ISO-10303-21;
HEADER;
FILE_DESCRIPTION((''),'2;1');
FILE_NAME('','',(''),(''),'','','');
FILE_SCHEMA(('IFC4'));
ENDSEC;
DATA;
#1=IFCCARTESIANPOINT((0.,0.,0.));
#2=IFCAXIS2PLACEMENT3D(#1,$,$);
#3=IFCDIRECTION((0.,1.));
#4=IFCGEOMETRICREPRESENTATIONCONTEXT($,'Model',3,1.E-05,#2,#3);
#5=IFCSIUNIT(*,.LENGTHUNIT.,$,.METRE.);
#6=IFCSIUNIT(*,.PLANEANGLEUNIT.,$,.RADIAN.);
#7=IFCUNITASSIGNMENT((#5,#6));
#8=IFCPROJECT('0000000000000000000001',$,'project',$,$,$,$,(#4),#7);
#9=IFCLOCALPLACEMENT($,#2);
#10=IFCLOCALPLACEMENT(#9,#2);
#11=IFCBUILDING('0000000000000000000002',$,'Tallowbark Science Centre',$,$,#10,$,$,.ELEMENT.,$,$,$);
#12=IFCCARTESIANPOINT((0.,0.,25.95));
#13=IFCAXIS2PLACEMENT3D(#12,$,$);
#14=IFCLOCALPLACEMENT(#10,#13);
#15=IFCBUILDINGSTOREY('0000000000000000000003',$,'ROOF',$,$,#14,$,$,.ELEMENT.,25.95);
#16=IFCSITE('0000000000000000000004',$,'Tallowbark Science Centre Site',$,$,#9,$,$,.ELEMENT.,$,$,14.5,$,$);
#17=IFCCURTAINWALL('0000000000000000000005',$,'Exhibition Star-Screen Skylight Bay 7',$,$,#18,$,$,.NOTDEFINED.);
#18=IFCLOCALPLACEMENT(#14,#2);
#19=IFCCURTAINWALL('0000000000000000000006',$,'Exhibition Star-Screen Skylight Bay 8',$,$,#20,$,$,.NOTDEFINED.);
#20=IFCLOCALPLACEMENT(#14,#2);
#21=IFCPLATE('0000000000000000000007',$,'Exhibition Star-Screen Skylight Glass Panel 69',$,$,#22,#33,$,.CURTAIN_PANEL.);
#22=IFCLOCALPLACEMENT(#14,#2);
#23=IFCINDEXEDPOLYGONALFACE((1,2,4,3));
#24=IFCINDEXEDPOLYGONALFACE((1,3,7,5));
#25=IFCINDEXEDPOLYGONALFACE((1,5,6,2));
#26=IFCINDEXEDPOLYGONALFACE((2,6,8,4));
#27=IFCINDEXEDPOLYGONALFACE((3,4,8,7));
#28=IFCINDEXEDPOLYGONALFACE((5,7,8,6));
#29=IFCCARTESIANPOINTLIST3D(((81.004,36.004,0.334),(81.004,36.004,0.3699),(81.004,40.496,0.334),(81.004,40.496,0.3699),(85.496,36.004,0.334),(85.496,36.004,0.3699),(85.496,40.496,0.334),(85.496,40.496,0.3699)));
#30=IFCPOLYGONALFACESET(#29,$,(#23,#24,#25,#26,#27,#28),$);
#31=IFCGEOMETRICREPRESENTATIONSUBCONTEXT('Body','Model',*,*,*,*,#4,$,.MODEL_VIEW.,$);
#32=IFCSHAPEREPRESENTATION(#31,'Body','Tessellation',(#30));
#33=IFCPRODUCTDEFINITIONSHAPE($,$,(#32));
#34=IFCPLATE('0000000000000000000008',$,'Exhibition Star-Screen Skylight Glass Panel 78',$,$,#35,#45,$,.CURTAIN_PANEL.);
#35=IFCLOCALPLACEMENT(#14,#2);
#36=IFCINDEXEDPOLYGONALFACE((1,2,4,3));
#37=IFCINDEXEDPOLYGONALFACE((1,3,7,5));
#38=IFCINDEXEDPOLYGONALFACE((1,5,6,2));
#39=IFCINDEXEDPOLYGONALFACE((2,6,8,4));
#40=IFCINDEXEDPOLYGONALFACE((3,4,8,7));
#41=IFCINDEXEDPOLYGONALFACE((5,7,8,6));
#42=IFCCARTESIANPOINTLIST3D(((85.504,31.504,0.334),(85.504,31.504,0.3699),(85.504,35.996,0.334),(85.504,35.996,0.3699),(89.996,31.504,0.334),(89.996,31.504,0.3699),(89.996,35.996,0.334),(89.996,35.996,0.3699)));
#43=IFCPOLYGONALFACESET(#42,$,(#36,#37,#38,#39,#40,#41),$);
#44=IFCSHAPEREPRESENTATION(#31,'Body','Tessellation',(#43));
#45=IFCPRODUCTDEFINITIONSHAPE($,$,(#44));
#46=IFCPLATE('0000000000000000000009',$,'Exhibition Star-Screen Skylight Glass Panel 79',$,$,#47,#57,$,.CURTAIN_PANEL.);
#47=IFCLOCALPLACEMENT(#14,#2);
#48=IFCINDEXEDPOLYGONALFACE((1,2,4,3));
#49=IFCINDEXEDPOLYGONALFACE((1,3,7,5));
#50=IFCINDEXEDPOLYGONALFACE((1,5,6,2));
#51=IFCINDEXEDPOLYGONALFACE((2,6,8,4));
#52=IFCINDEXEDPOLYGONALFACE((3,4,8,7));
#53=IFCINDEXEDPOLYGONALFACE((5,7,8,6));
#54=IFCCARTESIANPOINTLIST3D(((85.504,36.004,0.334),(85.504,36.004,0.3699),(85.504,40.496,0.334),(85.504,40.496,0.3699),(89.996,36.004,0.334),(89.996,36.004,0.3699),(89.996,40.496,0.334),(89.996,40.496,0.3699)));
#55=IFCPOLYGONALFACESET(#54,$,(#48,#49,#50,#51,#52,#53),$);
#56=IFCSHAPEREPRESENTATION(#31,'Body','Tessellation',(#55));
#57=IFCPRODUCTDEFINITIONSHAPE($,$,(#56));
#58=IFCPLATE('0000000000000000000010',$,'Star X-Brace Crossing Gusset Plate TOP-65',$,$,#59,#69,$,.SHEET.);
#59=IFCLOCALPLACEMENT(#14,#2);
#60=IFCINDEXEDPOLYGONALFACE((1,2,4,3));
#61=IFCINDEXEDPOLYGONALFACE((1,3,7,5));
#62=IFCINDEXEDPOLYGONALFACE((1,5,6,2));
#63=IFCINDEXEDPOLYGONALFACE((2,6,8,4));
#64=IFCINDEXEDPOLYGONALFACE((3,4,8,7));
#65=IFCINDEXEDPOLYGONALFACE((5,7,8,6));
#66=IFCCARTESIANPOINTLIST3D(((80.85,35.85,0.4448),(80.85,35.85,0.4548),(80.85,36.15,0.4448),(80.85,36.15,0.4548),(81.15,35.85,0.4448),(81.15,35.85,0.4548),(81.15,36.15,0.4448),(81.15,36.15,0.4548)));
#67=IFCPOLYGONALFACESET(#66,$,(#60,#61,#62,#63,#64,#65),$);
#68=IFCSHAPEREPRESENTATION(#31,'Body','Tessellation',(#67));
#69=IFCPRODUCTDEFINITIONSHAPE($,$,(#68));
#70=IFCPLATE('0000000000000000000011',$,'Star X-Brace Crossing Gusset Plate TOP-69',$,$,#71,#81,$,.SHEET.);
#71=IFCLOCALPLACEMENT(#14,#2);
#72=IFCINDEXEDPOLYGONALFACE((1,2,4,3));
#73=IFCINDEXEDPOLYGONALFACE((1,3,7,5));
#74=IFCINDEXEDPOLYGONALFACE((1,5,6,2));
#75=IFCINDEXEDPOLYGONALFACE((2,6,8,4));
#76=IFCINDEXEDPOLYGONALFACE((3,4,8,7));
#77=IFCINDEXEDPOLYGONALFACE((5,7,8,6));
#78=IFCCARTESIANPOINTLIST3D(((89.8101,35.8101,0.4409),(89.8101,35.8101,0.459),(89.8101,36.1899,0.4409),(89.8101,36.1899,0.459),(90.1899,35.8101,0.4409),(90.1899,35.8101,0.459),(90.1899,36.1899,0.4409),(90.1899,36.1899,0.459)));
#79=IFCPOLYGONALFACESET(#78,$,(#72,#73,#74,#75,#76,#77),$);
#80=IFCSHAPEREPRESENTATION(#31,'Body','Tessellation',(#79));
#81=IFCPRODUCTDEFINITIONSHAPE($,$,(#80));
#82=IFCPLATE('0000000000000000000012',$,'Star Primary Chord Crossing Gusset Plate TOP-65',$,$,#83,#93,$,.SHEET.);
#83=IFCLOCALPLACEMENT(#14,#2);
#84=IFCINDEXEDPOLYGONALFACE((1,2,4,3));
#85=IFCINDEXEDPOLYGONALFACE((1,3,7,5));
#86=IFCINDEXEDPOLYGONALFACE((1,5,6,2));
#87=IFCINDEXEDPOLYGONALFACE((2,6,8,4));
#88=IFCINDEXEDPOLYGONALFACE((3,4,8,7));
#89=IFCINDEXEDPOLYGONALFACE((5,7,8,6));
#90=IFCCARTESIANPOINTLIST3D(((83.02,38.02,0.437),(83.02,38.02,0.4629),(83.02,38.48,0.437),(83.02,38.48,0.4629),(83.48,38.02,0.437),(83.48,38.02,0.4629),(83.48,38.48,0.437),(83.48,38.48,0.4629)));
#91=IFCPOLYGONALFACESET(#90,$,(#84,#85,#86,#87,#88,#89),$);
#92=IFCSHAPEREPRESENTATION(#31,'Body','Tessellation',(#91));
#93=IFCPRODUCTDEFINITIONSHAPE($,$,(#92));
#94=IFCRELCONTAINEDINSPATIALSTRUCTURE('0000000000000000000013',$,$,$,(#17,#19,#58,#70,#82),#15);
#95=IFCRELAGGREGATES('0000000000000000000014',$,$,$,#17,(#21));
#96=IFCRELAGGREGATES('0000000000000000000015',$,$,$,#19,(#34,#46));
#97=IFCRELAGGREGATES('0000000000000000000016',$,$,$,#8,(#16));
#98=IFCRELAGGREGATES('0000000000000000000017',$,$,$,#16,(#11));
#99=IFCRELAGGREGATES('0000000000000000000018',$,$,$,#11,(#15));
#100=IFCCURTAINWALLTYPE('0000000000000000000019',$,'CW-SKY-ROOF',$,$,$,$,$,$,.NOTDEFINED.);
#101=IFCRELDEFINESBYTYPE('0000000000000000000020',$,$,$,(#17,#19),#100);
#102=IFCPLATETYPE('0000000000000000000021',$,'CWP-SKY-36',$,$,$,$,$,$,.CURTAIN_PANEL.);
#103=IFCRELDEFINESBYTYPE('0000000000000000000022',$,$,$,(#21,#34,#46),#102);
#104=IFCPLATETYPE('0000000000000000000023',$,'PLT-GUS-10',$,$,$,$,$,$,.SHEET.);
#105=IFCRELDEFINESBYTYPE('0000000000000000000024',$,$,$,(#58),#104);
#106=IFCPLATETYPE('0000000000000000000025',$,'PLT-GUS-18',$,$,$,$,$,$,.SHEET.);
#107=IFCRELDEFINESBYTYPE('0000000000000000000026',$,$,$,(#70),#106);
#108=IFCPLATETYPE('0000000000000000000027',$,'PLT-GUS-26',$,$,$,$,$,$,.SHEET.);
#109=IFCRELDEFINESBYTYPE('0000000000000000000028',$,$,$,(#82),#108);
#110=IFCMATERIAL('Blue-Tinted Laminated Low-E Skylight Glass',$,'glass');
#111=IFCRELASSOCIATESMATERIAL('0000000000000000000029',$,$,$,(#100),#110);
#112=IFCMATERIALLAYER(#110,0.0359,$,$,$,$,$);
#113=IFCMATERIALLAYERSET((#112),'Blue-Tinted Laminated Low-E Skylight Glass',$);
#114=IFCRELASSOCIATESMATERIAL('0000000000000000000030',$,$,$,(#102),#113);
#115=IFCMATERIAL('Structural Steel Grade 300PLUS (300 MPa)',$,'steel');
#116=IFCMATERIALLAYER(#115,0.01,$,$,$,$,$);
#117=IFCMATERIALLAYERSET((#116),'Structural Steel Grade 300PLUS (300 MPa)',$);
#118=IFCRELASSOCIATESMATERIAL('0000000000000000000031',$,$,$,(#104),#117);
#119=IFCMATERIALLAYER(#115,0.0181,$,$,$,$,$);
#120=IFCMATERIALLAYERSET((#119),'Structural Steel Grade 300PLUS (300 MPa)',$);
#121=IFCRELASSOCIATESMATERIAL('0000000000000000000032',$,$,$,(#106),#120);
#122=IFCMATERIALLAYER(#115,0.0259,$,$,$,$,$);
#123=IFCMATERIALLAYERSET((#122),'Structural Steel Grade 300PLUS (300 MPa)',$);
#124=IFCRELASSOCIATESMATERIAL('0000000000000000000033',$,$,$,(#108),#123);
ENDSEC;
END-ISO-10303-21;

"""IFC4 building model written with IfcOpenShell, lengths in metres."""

from ifc_helpers import new_model, si_unit, direction, frame, origin, origin_2d, place, context, subcontext, project, spatial, rectangle, extrude, material, layer, layer_set, type_object, element, aggregate, save


model = new_model("IFC4")

# Units and contexts
model_context = context("Model", 3, precision=1e-05, world=origin(), true_north=direction((0.0, 1.0)))
body_context = subcontext(model_context, "Body", "Model", "MODEL_VIEW")
ifc_project = project(units=[si_unit("LENGTHUNIT", "METRE"), si_unit("PLANEANGLEUNIT", "RADIAN")], contexts=[model_context])

# Site, building, storey
site_placement = place(None, origin())
site = spatial("IfcSite", under=ifc_project, at=site_placement, Name="Tallowbark Science Centre Site", CompositionType="ELEMENT", RefElevation=14.5)
building_placement = place(site_placement, origin())
building = spatial("IfcBuilding", under=site, at=building_placement, Name="Tallowbark Science Centre", CompositionType="ELEMENT")
storey_placement = place(building_placement, frame((0.0, 0.0, 25.95)))
storey = spatial("IfcBuildingStorey", under=building, at=storey_placement, Name="ROOF", CompositionType="ELEMENT", Elevation=25.95)

# Curtain walls
ifc_material_1 = material(Name="Blue-Tinted Laminated Low-E Skylight Glass", Category="glass")
curtain_wall_type = type_object("IfcCurtainWallType", Name="CW-SKY-ROOF", PredefinedType="NOTDEFINED", material=ifc_material_1)
curtain_wall_1_placement = place(storey_placement, origin())
curtain_wall_1 = element("IfcCurtainWall", 1, at=curtain_wall_1_placement, inside=storey, type_object=curtain_wall_type, Name="Exhibition Star-Screen Skylight Bay 7", PredefinedType="NOTDEFINED")
curtain_wall_2_placement = place(storey_placement, origin())
curtain_wall_2 = element("IfcCurtainWall", 2, at=curtain_wall_2_placement, inside=storey, type_object=curtain_wall_type, Name="Exhibition Star-Screen Skylight Bay 8", PredefinedType="NOTDEFINED")

# Shared definitions
ifc_layer_1 = layer(ifc_material_1, 0.0359)
ifc_layer_set_1 = layer_set([ifc_layer_1], Name="Blue-Tinted Laminated Low-E Skylight Glass")
plate_type_1 = type_object("IfcPlateType", Name="CWP-SKY-36", PredefinedType="CURTAIN_PANEL", material=ifc_layer_set_1)

# Plates
plate_1_placement = place(storey_placement, frame((83.25, 38.25, 0.334), z_axis=(0.0, 0.0, 1.0), x_axis=(1.0, 0.0, 0.0)))
plate_1 = element("IfcPlate", 3, at=plate_1_placement, type_object=plate_type_1, Name="Exhibition Star-Screen Skylight Glass Panel 69", PredefinedType="CURTAIN_PANEL", context=body_context, shape_type="SweptSolid", body=[
    extrude(rectangle(XDim=4.4919, YDim=4.4919, at=origin_2d()), origin(), (0.0, 0.0, 1.0), 0.0359),
])
aggregate(curtain_wall_1, [plate_1])
plate_2_placement = place(storey_placement, frame((87.75, 33.75, 0.334), z_axis=(0.0, 0.0, 1.0), x_axis=(1.0, 0.0, 0.0)))
plate_2 = element("IfcPlate", 4, at=plate_2_placement, type_object=plate_type_1, Name="Exhibition Star-Screen Skylight Glass Panel 78", PredefinedType="CURTAIN_PANEL", context=body_context, shape_type="SweptSolid", body=[
    extrude(rectangle(XDim=4.4919, YDim=4.4919, at=origin_2d()), origin(), (0.0, 0.0, 1.0), 0.0359),
])
plate_3_placement = place(storey_placement, frame((87.75, 38.25, 0.334), z_axis=(0.0, 0.0, 1.0), x_axis=(1.0, 0.0, 0.0)))
plate_3 = element("IfcPlate", 5, at=plate_3_placement, type_object=plate_type_1, Name="Exhibition Star-Screen Skylight Glass Panel 79", PredefinedType="CURTAIN_PANEL", context=body_context, shape_type="SweptSolid", body=[
    extrude(rectangle(XDim=4.4919, YDim=4.4919, at=origin_2d()), origin(), (0.0, 0.0, 1.0), 0.0359),
])
aggregate(curtain_wall_2, [plate_2, plate_3])

# Plates
ifc_material_2 = material(Name="Structural Steel Grade 300PLUS (300 MPa)", Category="steel")
ifc_layer_2 = layer(ifc_material_2, 0.01)
ifc_layer_set_2 = layer_set([ifc_layer_2], Name="Structural Steel Grade 300PLUS (300 MPa)")
plate_type_2 = type_object("IfcPlateType", Name="PLT-GUS-10", PredefinedType="SHEET", material=ifc_layer_set_2)
plate_4_placement = place(storey_placement, frame((81.0, 36.0, 0.4448), z_axis=(0.0, 0.0, 1.0), x_axis=(1.0, 0.0, 0.0)))
element("IfcPlate", 6, at=plate_4_placement, inside=storey, type_object=plate_type_2, Name="Star X-Brace Crossing Gusset Plate TOP-65", PredefinedType="SHEET", context=body_context, shape_type="SweptSolid", body=[
    extrude(rectangle(XDim=0.3, YDim=0.3, at=origin_2d()), origin(), (0.0, 0.0, 1.0), 0.01),
])
ifc_layer_3 = layer(ifc_material_2, 0.0181)
ifc_layer_set_3 = layer_set([ifc_layer_3], Name="Structural Steel Grade 300PLUS (300 MPa)")
plate_type_3 = type_object("IfcPlateType", Name="PLT-GUS-18", PredefinedType="SHEET", material=ifc_layer_set_3)
plate_5_placement = place(storey_placement, frame((90.0, 36.0, 0.4409), z_axis=(0.0, 0.0, 1.0), x_axis=(1.0, 0.0, 0.0)))
element("IfcPlate", 7, at=plate_5_placement, inside=storey, type_object=plate_type_3, Name="Star X-Brace Crossing Gusset Plate TOP-69", PredefinedType="SHEET", context=body_context, shape_type="SweptSolid", body=[
    extrude(rectangle(XDim=0.3799, YDim=0.3799, at=origin_2d()), origin(), (0.0, 0.0, 1.0), 0.0181),
])
ifc_layer_4 = layer(ifc_material_2, 0.0259)
ifc_layer_set_4 = layer_set([ifc_layer_4], Name="Structural Steel Grade 300PLUS (300 MPa)")
plate_type_4 = type_object("IfcPlateType", Name="PLT-GUS-26", PredefinedType="SHEET", material=ifc_layer_set_4)
plate_6_placement = place(storey_placement, frame((83.25, 38.25, 0.437), z_axis=(0.0, 0.0, 1.0), x_axis=(1.0, 0.0, 0.0)))
element("IfcPlate", 8, at=plate_6_placement, inside=storey, type_object=plate_type_4, Name="Star Primary Chord Crossing Gusset Plate TOP-65", PredefinedType="SHEET", context=body_context, shape_type="SweptSolid", body=[
    extrude(rectangle(XDim=0.46, YDim=0.46, at=origin_2d()), origin(), (0.0, 0.0, 1.0), 0.0259),
])

save(model, "model.ifc")
